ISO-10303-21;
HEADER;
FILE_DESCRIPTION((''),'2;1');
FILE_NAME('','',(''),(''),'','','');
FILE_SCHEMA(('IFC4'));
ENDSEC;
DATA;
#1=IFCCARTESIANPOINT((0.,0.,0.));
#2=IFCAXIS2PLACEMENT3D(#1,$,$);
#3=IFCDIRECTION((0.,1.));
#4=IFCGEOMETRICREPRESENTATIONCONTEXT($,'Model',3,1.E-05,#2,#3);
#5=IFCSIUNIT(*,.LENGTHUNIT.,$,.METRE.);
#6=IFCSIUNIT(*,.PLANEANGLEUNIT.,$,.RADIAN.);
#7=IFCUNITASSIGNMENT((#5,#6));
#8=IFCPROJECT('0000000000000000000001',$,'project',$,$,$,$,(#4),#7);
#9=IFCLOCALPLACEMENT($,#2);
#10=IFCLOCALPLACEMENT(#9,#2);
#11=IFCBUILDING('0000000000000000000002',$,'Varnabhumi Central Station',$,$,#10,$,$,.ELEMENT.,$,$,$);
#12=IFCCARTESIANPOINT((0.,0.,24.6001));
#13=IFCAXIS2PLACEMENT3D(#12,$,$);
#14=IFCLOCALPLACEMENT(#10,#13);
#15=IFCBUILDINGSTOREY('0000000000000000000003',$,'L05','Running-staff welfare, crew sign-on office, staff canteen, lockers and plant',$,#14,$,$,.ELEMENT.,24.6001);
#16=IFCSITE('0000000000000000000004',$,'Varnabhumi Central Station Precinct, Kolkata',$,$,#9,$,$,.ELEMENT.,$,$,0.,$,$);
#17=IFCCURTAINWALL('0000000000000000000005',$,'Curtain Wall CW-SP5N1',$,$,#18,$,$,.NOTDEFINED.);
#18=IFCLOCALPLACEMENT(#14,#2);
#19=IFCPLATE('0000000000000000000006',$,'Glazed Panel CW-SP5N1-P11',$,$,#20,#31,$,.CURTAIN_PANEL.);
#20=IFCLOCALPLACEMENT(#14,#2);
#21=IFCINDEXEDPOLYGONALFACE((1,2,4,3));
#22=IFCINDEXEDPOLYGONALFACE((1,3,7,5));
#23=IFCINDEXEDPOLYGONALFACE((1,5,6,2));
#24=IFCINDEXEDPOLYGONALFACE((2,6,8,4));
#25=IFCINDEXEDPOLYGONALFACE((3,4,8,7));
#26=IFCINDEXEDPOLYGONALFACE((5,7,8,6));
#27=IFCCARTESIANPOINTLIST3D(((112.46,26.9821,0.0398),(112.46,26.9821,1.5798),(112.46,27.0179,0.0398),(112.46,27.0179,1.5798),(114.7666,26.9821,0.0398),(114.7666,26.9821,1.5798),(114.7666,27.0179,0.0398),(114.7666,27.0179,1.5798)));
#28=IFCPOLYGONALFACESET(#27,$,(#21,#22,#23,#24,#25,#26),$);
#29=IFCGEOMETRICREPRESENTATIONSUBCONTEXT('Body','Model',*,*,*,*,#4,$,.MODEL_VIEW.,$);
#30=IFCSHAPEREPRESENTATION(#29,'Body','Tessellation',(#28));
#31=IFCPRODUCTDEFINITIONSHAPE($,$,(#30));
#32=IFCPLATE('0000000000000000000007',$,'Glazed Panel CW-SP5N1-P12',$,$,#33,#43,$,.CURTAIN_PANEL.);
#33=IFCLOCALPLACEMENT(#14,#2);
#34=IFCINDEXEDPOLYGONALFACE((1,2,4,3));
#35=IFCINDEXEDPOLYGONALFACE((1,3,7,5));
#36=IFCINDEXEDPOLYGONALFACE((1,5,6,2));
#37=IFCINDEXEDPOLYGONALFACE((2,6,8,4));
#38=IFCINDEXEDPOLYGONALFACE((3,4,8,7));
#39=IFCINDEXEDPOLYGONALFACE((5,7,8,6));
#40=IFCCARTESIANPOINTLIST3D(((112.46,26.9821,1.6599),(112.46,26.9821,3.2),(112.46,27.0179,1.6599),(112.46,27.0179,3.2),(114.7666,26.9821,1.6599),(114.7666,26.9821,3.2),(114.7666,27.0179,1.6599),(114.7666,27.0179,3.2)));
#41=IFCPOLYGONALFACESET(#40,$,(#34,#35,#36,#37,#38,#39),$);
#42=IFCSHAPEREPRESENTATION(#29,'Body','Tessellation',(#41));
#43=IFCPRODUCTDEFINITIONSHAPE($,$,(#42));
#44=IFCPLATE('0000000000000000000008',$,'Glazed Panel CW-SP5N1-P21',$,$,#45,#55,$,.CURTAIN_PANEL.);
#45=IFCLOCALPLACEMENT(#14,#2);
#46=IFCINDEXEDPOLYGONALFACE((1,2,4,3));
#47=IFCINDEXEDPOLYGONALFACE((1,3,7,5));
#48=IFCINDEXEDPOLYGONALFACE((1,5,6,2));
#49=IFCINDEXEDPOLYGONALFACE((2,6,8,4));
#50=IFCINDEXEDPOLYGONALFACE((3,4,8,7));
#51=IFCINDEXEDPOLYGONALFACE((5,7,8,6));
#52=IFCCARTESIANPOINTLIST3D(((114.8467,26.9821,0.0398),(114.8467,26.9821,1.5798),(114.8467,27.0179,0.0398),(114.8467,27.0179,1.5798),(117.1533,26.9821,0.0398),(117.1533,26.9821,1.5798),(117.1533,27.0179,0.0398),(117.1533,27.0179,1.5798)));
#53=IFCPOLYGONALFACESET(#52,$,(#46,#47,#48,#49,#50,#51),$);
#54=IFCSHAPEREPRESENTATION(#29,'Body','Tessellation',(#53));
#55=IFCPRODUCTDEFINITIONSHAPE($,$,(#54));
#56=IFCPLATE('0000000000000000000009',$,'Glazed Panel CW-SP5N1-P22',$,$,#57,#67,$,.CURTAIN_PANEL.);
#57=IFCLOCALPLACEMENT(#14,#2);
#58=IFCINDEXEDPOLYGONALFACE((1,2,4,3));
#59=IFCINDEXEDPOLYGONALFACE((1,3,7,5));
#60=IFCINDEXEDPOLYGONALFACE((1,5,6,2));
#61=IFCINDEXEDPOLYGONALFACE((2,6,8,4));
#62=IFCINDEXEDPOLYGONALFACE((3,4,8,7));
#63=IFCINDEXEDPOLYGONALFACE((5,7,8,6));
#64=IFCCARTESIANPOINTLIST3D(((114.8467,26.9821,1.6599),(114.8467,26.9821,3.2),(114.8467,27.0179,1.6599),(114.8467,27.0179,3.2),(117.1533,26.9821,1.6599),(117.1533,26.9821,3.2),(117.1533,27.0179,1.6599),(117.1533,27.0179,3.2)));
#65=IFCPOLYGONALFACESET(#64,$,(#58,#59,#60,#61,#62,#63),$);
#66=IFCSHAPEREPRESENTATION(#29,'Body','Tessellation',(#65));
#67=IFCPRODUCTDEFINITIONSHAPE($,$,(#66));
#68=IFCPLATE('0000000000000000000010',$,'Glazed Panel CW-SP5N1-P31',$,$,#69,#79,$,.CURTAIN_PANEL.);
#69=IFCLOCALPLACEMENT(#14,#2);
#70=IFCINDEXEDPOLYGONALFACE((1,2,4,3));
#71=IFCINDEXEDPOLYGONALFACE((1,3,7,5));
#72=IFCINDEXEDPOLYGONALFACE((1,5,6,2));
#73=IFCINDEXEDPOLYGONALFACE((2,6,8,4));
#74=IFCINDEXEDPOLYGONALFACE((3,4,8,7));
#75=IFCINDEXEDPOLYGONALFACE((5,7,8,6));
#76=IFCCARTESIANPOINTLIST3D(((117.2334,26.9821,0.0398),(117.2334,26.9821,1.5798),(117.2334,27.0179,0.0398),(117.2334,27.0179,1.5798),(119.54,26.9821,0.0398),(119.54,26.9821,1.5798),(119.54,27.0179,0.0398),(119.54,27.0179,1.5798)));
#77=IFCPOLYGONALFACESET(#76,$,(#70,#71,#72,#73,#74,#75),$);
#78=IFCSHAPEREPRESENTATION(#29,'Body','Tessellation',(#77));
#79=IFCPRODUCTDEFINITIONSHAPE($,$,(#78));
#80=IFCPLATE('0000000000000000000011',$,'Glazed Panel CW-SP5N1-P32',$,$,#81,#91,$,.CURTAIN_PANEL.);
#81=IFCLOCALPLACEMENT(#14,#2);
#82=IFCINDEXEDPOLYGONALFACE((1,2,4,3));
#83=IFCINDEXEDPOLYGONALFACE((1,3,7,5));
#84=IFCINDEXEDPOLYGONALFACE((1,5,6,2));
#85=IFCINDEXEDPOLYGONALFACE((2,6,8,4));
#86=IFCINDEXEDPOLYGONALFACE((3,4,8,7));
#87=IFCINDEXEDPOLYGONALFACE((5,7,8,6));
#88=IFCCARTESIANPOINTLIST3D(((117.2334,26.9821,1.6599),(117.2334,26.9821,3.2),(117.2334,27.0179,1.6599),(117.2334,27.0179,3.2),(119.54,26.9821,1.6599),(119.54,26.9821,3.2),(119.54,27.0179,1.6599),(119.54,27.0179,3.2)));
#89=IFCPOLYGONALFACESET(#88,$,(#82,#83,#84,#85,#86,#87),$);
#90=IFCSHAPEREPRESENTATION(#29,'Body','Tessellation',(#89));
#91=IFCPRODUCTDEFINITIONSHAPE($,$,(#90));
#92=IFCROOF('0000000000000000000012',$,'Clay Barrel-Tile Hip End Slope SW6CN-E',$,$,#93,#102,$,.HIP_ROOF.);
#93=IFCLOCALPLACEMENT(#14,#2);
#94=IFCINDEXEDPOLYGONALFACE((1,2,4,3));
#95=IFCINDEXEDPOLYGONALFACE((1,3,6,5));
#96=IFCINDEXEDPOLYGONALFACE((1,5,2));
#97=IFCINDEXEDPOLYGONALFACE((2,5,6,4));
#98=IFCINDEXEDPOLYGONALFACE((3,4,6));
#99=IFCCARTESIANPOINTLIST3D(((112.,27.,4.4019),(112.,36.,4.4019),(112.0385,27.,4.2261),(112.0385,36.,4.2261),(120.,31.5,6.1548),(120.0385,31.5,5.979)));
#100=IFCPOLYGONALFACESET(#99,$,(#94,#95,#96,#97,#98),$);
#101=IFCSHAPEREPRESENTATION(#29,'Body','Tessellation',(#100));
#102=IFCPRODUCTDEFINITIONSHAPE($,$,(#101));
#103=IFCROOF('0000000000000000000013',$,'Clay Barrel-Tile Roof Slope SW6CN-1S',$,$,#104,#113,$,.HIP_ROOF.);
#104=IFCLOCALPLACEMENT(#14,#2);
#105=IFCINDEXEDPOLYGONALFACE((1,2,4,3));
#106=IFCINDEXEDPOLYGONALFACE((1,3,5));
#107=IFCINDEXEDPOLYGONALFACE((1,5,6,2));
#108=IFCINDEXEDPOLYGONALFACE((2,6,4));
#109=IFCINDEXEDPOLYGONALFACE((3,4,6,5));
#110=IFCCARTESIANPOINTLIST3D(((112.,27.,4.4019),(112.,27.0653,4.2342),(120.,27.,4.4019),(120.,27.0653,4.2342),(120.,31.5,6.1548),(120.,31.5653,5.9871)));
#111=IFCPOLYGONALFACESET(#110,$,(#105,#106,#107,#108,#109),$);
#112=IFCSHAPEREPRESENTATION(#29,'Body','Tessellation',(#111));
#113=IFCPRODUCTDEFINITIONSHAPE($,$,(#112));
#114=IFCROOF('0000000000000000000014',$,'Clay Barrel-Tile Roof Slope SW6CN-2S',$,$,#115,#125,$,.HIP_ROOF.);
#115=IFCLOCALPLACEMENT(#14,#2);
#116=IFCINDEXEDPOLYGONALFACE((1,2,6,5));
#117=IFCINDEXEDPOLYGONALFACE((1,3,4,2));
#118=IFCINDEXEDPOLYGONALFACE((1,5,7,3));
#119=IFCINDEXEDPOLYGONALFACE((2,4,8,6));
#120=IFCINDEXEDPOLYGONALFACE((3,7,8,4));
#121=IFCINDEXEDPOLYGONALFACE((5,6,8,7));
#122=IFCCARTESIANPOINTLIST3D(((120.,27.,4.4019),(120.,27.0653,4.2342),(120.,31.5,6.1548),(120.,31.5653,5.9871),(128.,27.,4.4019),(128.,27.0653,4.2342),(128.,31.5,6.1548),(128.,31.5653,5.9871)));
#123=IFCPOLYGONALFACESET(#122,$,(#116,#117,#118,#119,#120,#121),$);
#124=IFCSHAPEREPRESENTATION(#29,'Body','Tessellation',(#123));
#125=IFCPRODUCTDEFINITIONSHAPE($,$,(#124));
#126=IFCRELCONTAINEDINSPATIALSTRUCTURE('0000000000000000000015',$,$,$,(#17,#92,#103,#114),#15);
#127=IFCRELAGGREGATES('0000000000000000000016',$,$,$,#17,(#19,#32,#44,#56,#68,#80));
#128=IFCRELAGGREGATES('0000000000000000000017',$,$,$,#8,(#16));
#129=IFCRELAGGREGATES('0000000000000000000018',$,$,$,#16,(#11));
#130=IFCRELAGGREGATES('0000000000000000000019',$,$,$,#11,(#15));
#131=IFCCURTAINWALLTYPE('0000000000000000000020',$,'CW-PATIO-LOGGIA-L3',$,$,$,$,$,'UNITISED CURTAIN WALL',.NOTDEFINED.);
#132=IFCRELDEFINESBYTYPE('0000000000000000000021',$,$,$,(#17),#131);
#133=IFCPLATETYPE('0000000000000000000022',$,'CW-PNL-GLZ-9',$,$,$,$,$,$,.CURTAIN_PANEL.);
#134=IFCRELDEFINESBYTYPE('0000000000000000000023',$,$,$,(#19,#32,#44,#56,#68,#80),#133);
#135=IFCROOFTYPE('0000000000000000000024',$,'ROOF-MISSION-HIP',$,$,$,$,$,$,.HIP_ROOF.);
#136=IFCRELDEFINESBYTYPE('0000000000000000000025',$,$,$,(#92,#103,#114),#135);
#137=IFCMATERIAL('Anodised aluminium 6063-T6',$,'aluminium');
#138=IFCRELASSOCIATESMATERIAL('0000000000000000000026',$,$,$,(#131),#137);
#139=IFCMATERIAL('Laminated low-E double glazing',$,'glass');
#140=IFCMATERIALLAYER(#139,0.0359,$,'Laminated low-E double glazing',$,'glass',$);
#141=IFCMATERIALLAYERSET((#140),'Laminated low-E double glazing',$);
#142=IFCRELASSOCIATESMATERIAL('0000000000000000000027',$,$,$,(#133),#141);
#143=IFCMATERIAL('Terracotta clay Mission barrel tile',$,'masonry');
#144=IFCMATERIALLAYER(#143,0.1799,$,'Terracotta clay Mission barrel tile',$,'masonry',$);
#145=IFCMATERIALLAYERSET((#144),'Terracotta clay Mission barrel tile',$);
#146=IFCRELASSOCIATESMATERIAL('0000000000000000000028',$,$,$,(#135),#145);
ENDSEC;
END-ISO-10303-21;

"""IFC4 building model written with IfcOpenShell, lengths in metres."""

from ifc_helpers import new_model, si_unit, direction, frame, origin, origin_2d, place, context, subcontext, project, spatial, polyline, rectangle, outline, extrude, material, layer, layer_set, type_object, element, aggregate, save


model = new_model("IFC4")

# Units and contexts
model_context = context("Model", 3, precision=1e-05, world=origin(), true_north=direction((0.0, 1.0)))
body_context = subcontext(model_context, "Body", "Model", "MODEL_VIEW")
ifc_project = project(units=[si_unit("LENGTHUNIT", "METRE"), si_unit("PLANEANGLEUNIT", "RADIAN")], contexts=[model_context])

# Site, building, storey
site_placement = place(None, origin())
site = spatial("IfcSite", under=ifc_project, at=site_placement, Name="Varnabhumi Central Station Precinct, Kolkata", CompositionType="ELEMENT", RefElevation=0.0)
building_placement = place(site_placement, origin())
building = spatial("IfcBuilding", under=site, at=building_placement, Name="Varnabhumi Central Station", CompositionType="ELEMENT")
storey_placement = place(building_placement, frame((0.0, 0.0, 24.6001)))
storey = spatial("IfcBuildingStorey", under=building, at=storey_placement, Name="L05", Description="Running-staff welfare, crew sign-on office, staff canteen, lockers and plant", CompositionType="ELEMENT", Elevation=24.6001)

# Curtain wall
ifc_material_1 = material(Name="Anodised aluminium 6063-T6", Category="aluminium")
curtain_wall_type = type_object("IfcCurtainWallType", Name="CW-PATIO-LOGGIA-L3", ElementType="UNITISED CURTAIN WALL", PredefinedType="NOTDEFINED", material=ifc_material_1)
curtain_wall_1_placement = place(storey_placement, origin())
curtain_wall_1 = element("IfcCurtainWall", 1, at=curtain_wall_1_placement, inside=storey, type_object=curtain_wall_type, Name="Curtain Wall CW-SP5N1", PredefinedType="NOTDEFINED")

# Plates
ifc_material_2 = material(Name="Laminated low-E double glazing", Category="glass")
ifc_layer_1 = layer(ifc_material_2, 0.0359, Name="Laminated low-E double glazing", Category="glass")
ifc_layer_set_1 = layer_set([ifc_layer_1], Name="Laminated low-E double glazing")
plate_type_1 = type_object("IfcPlateType", Name="CW-PNL-GLZ-9", PredefinedType="CURTAIN_PANEL", material=ifc_layer_set_1)
plate_1_placement = place(storey_placement, frame((113.6133, 27.0, 0.0398), z_axis=(0.0, 0.0, 1.0), x_axis=(1.0, 0.0, 0.0)))
plate_1 = element("IfcPlate", 2, at=plate_1_placement, type_object=plate_type_1, Name="Glazed Panel CW-SP5N1-P11", PredefinedType="CURTAIN_PANEL", context=body_context, shape_type="SweptSolid", body=[
    extrude(rectangle(XDim=2.3066, YDim=0.0359, at=origin_2d()), origin(), (0.0, 0.0, 1.0), 1.54),
])
plate_2_placement = place(storey_placement, frame((113.6133, 27.0, 1.6599), z_axis=(0.0, 0.0, 1.0), x_axis=(1.0, 0.0, 0.0)))
plate_2 = element("IfcPlate", 3, at=plate_2_placement, type_object=plate_type_1, Name="Glazed Panel CW-SP5N1-P12", PredefinedType="CURTAIN_PANEL", context=body_context, shape_type="SweptSolid", body=[
    extrude(rectangle(XDim=2.3066, YDim=0.0359, at=origin_2d()), origin(), (0.0, 0.0, 1.0), 1.54),
])
plate_3_placement = place(storey_placement, frame((116.0, 27.0, 0.0398), z_axis=(0.0, 0.0, 1.0), x_axis=(1.0, 0.0, 0.0)))
plate_3 = element("IfcPlate", 4, at=plate_3_placement, type_object=plate_type_1, Name="Glazed Panel CW-SP5N1-P21", PredefinedType="CURTAIN_PANEL", context=body_context, shape_type="SweptSolid", body=[
    extrude(rectangle(XDim=2.3066, YDim=0.0359, at=origin_2d()), origin(), (0.0, 0.0, 1.0), 1.54),
])
plate_4_placement = place(storey_placement, frame((116.0, 27.0, 1.6599), z_axis=(0.0, 0.0, 1.0), x_axis=(1.0, 0.0, 0.0)))
plate_4 = element("IfcPlate", 5, at=plate_4_placement, type_object=plate_type_1, Name="Glazed Panel CW-SP5N1-P22", PredefinedType="CURTAIN_PANEL", context=body_context, shape_type="SweptSolid", body=[
    extrude(rectangle(XDim=2.3066, YDim=0.0359, at=origin_2d()), origin(), (0.0, 0.0, 1.0), 1.54),
])
plate_5_placement = place(storey_placement, frame((118.3867, 27.0, 0.0398), z_axis=(0.0, 0.0, 1.0), x_axis=(1.0, 0.0, 0.0)))
plate_5 = element("IfcPlate", 6, at=plate_5_placement, type_object=plate_type_1, Name="Glazed Panel CW-SP5N1-P31", PredefinedType="CURTAIN_PANEL", context=body_context, shape_type="SweptSolid", body=[
    extrude(rectangle(XDim=2.3066, YDim=0.0359, at=origin_2d()), origin(), (0.0, 0.0, 1.0), 1.54),
])
plate_6_placement = place(storey_placement, frame((118.3867, 27.0, 1.6599), z_axis=(0.0, 0.0, 1.0), x_axis=(1.0, 0.0, 0.0)))
plate_6 = element("IfcPlate", 7, at=plate_6_placement, type_object=plate_type_1, Name="Glazed Panel CW-SP5N1-P32", PredefinedType="CURTAIN_PANEL", context=body_context, shape_type="SweptSolid", body=[
    extrude(rectangle(XDim=2.3066, YDim=0.0359, at=origin_2d()), origin(), (0.0, 0.0, 1.0), 1.54),
])
aggregate(curtain_wall_1, [plate_1, plate_2, plate_3, plate_4, plate_5, plate_6])

# Roofs
ifc_material_3 = material(Name="Terracotta clay Mission barrel tile", Category="masonry")
ifc_layer_2 = layer(ifc_material_3, 0.1799, Name="Terracotta clay Mission barrel tile", Category="masonry")
ifc_layer_set_2 = layer_set([ifc_layer_2], Name="Terracotta clay Mission barrel tile")
roof_type = type_object("IfcRoofType", Name="ROOF-MISSION-HIP", PredefinedType="HIP_ROOF", material=ifc_layer_set_2)
roof_1_placement = place(storey_placement, frame((112.0, 27.0, 4.4019), z_axis=(-0.214038, 0.0, 0.976825), x_axis=(0.0, 1.0, 0.0)))
element("IfcRoof", 8, at=roof_1_placement, inside=storey, type_object=roof_type, Name="Clay Barrel-Tile Hip End Slope SW6CN-E", PredefinedType="HIP_ROOF", context=body_context, shape_type="SweptSolid", body=[
    extrude(outline(polyline([(0.0, 0.0), (9.0, 0.0), (4.5, -8.1898), (0.0, 0.0)])), origin(), (0.0, 0.0, -1.0), 0.1799),
])
roof_2_placement = place(storey_placement, frame((112.0, 27.0, 4.4019), z_axis=(0.0, -0.362973, 0.9318), x_axis=(1.0, 0.0, 0.0)))
element("IfcRoof", 9, at=roof_2_placement, inside=storey, type_object=roof_type, Name="Clay Barrel-Tile Roof Slope SW6CN-1S", PredefinedType="HIP_ROOF", context=body_context, shape_type="SweptSolid", body=[
    extrude(outline(polyline([(0.0, 0.0), (8.0, 0.0), (8.0, 4.8294), (0.0, 0.0)])), origin(), (0.0, 0.0, -1.0), 0.1799),
])
roof_3_placement = place(storey_placement, frame((120.0, 27.0, 4.4019), z_axis=(0.0, -0.362973, 0.9318), x_axis=(1.0, 0.0, 0.0)))
element("IfcRoof", 10, at=roof_3_placement, inside=storey, type_object=roof_type, Name="Clay Barrel-Tile Roof Slope SW6CN-2S", PredefinedType="HIP_ROOF", context=body_context, shape_type="SweptSolid", body=[
    extrude(outline(polyline([(0.0, 0.0), (8.0, 0.0), (8.0, 4.8294), (0.0, 4.8294), (0.0, 0.0)])), origin(), (0.0, 0.0, -1.0), 0.1799),
])

save(model, "model.ifc")
